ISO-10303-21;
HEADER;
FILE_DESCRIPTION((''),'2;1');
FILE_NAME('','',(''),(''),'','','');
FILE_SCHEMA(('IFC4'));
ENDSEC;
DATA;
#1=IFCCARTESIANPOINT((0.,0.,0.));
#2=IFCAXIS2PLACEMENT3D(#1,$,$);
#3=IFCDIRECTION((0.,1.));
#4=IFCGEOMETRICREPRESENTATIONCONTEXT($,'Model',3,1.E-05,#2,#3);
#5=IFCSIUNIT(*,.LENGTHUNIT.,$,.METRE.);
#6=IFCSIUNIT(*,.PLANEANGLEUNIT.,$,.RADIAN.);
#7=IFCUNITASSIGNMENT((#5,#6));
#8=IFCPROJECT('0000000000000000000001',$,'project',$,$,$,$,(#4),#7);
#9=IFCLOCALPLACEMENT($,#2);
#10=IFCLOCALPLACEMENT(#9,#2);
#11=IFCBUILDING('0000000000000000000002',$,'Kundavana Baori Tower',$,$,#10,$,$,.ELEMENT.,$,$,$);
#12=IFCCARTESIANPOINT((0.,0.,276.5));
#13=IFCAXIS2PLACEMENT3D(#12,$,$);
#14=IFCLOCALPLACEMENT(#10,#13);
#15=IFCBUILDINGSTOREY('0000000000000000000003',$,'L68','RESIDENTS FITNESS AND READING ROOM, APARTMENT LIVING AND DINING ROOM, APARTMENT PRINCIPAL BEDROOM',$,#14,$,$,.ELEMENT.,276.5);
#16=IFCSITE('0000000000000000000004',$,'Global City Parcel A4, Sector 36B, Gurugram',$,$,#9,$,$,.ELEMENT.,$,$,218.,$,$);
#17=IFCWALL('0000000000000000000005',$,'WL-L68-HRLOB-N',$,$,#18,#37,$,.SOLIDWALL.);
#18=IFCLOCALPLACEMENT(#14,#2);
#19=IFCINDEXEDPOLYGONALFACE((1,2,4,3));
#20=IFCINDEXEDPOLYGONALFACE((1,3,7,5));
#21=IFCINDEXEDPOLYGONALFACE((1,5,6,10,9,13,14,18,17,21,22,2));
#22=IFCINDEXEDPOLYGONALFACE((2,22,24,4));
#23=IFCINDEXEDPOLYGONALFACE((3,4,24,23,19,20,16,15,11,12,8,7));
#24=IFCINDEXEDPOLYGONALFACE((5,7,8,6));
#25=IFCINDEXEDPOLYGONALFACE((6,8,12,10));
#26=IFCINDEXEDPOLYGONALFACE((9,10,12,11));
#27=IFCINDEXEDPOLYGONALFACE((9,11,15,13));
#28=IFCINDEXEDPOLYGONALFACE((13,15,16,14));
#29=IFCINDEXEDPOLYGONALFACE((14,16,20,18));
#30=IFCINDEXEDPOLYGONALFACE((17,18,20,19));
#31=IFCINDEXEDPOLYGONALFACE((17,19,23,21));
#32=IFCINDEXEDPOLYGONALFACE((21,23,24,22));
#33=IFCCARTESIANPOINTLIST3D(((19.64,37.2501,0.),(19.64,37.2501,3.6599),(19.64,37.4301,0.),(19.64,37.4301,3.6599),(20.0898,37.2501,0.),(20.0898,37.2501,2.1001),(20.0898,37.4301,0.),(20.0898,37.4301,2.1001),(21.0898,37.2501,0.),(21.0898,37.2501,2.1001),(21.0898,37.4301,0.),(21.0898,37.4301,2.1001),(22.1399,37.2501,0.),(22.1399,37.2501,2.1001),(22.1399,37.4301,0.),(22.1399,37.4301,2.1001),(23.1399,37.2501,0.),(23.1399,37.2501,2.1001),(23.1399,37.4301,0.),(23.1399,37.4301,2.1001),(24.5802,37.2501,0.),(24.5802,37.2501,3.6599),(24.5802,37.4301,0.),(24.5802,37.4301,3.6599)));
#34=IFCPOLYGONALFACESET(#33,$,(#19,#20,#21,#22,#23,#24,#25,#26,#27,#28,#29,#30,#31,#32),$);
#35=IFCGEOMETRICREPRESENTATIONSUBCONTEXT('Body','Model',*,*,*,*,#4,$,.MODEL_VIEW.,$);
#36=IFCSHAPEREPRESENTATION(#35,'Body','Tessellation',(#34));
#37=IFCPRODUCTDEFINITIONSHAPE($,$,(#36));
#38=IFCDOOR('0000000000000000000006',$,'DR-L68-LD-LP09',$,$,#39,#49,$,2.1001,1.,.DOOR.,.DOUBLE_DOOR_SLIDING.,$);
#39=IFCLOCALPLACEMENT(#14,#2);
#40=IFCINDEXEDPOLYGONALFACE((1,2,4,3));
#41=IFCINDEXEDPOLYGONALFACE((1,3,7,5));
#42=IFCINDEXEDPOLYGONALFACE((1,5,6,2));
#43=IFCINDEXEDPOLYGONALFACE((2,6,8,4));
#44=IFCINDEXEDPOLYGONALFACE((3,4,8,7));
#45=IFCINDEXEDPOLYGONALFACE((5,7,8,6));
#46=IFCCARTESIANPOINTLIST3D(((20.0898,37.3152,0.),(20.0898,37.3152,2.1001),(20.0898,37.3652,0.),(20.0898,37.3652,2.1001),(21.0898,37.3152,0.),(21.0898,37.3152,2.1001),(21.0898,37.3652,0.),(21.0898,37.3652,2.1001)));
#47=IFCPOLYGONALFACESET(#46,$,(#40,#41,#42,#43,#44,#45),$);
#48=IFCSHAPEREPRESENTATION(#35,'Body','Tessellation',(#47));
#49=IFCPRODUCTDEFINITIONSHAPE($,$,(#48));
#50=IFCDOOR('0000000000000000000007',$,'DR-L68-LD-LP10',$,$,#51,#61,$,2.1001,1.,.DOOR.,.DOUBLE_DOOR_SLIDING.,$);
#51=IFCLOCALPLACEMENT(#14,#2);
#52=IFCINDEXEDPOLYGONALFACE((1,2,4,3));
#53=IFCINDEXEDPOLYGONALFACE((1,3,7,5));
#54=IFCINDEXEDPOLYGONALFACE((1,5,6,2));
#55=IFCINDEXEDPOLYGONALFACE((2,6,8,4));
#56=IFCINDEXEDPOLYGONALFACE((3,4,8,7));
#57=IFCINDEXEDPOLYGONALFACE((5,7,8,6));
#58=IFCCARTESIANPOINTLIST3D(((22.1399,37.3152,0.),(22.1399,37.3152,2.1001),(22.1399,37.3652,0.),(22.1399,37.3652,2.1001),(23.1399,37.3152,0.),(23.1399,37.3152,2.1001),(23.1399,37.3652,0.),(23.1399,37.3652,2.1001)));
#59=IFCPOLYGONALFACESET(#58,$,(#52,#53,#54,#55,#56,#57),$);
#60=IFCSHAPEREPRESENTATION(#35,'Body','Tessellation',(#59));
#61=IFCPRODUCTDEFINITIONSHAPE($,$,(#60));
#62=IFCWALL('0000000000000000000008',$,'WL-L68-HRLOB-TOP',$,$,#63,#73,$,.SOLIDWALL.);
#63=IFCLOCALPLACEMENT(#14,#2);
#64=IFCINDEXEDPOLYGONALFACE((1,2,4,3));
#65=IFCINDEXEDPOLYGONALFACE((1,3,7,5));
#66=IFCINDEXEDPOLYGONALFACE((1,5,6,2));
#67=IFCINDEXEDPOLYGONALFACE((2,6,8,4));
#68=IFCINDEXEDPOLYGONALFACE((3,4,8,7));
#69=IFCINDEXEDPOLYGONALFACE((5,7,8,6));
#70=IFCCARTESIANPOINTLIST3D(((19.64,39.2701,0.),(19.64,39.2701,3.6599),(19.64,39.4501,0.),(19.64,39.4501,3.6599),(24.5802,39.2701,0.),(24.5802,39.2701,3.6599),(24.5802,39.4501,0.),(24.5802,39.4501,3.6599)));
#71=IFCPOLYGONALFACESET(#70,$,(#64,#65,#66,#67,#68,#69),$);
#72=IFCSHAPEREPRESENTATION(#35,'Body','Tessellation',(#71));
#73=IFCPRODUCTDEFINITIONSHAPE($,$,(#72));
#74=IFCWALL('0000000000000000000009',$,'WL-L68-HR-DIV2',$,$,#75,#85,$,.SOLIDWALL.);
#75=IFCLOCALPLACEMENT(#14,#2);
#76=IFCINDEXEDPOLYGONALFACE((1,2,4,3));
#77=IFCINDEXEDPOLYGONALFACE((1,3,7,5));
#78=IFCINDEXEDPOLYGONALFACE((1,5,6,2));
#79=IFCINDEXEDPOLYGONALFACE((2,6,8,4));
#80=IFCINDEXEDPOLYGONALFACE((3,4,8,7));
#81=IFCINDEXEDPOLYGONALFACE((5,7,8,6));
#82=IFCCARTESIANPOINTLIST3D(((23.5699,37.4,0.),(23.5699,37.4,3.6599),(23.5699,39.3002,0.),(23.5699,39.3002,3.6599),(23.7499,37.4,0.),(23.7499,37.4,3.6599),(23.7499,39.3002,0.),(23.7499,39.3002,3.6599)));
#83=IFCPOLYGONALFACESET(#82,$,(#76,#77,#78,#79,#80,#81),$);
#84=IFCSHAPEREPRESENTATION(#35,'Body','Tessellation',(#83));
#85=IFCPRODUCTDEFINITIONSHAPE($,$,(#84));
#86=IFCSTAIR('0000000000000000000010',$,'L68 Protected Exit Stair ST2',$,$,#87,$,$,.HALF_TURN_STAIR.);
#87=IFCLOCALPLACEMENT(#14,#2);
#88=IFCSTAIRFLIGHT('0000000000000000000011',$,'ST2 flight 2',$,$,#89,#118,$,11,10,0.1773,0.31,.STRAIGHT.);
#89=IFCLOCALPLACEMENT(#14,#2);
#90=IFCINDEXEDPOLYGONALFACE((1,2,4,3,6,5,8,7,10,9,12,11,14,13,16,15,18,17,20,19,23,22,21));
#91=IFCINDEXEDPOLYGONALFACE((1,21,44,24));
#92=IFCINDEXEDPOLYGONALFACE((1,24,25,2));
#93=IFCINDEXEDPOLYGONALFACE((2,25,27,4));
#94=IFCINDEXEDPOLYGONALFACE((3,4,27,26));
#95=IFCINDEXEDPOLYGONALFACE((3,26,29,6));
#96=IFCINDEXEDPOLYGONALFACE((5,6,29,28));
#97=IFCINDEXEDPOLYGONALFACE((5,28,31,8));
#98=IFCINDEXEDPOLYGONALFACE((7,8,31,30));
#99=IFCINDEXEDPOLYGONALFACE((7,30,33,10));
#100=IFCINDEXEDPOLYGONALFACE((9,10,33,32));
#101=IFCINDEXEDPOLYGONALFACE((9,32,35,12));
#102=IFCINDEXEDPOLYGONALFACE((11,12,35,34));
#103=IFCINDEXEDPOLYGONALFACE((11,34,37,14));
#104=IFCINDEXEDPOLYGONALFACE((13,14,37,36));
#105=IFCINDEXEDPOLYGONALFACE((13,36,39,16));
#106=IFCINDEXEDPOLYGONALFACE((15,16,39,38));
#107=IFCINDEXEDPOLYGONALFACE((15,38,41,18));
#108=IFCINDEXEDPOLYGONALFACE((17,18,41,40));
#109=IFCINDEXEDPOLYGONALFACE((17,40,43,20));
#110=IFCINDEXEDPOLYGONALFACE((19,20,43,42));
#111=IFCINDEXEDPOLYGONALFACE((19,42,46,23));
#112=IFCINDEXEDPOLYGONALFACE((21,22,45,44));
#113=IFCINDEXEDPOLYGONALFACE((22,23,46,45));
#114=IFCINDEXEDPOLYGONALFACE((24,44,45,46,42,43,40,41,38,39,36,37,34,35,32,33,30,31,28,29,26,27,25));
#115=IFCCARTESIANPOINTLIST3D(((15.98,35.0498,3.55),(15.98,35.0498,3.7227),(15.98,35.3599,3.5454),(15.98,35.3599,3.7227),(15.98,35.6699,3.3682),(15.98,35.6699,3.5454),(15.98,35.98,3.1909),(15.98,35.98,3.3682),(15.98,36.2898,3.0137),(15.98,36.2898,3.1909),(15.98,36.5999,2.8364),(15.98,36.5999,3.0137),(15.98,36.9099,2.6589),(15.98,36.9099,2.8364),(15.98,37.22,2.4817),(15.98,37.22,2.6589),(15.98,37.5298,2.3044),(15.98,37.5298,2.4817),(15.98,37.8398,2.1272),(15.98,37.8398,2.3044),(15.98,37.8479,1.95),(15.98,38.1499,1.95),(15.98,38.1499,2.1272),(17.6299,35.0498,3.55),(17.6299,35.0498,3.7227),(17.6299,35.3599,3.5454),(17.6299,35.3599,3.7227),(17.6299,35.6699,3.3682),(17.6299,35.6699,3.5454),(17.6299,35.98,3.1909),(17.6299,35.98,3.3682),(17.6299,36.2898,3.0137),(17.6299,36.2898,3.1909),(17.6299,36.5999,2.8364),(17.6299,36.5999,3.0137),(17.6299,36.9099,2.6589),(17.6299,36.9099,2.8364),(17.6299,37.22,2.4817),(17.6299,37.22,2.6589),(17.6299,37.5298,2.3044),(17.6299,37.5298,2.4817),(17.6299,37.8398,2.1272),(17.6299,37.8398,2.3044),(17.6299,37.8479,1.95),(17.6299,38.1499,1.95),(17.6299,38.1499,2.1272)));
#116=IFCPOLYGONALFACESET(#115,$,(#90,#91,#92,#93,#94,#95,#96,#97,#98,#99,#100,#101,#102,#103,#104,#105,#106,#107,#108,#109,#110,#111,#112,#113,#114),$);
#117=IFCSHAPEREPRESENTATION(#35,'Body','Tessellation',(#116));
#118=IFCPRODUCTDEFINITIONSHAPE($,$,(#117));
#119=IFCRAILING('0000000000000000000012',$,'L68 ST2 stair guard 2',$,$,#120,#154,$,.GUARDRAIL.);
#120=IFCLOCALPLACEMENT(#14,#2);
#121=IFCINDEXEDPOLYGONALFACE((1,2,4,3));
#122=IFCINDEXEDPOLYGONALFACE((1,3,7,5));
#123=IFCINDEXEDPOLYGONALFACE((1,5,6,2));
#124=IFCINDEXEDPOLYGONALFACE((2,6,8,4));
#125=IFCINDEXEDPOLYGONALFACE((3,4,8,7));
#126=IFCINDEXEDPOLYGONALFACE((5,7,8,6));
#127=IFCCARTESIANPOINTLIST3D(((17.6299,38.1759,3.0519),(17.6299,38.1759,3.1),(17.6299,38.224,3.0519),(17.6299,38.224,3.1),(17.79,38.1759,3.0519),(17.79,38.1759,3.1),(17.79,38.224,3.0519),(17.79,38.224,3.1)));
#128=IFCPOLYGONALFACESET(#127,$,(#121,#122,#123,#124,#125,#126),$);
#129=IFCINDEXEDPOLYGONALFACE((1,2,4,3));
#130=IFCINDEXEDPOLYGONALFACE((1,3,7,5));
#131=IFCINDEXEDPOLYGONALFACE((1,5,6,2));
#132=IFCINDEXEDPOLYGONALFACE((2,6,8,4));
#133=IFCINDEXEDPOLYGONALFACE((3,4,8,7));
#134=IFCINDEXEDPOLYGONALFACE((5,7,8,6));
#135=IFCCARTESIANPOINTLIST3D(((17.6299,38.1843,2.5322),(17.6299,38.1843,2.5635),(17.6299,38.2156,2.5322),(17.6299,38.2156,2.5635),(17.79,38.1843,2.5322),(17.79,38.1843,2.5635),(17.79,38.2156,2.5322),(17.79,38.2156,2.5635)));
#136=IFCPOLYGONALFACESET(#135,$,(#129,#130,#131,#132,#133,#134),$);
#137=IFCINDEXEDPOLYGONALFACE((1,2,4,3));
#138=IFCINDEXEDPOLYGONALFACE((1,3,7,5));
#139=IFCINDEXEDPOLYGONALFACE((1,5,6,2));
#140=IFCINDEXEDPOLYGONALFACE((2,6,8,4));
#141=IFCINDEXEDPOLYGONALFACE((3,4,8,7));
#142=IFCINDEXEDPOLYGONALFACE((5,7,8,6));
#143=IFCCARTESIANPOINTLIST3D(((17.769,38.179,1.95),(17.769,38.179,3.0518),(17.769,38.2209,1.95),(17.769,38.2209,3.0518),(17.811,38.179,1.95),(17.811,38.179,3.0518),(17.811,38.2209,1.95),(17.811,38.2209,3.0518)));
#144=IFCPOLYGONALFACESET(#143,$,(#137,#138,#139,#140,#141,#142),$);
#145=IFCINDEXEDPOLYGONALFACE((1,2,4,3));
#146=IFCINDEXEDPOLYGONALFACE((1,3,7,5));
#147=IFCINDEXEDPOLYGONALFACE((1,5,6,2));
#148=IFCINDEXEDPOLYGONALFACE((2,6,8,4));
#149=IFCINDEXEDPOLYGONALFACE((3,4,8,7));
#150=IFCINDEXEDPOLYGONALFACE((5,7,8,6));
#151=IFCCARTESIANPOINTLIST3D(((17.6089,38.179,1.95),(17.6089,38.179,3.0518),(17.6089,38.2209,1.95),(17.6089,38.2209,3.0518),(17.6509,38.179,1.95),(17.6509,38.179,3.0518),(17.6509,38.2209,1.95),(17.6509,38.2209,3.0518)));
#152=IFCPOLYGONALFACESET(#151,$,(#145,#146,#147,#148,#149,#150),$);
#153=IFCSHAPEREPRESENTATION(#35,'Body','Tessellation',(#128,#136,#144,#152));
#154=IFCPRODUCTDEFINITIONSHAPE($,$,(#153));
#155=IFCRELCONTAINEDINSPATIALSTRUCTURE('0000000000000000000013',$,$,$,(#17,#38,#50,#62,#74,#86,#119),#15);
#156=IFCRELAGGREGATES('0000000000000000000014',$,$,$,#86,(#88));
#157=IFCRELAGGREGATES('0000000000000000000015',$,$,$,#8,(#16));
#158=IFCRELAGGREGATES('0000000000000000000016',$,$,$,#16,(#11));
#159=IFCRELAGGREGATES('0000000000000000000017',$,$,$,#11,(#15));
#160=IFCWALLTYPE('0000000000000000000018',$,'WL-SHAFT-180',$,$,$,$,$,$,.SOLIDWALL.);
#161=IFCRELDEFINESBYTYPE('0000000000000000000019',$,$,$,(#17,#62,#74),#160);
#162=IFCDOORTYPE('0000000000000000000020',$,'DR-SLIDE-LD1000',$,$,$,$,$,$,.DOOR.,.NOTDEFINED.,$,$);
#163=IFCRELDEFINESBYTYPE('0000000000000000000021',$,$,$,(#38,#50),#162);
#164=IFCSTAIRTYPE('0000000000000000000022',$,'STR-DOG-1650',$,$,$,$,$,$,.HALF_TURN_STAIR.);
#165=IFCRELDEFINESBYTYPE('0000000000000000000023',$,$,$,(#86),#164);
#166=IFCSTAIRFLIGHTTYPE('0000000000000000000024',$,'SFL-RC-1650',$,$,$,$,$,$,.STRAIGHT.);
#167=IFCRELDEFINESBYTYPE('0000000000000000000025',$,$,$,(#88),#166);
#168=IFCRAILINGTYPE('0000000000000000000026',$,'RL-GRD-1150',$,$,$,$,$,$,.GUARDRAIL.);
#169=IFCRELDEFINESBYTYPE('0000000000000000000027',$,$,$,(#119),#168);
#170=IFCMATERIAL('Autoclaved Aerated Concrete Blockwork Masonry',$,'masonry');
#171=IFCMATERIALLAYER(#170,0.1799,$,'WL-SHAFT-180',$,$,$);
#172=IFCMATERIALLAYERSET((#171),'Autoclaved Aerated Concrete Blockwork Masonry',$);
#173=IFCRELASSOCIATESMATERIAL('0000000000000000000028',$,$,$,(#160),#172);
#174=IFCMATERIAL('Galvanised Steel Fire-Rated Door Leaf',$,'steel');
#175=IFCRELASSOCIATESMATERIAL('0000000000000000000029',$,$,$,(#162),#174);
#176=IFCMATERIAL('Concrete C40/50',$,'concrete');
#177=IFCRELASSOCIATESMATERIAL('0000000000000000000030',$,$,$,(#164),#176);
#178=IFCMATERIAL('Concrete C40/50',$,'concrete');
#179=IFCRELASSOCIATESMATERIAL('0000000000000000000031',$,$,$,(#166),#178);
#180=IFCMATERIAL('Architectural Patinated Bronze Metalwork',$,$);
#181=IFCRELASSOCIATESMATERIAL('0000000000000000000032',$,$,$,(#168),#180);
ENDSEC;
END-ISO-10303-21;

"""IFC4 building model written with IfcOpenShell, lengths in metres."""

from ifc_helpers import new_model, si_unit, direction, frame, frame_2d, origin, origin_2d, place, context, subcontext, project, spatial, polyline, rectangle, outline, extrude, material, layer, layer_set, type_object, element, fill, aggregate, save


model = new_model("IFC4")

# Units and contexts
model_context = context("Model", 3, precision=1e-05, world=origin(), true_north=direction((0.0, 1.0)))
body_context = subcontext(model_context, "Body", "Model", "MODEL_VIEW")
ifc_project = project(units=[si_unit("LENGTHUNIT", "METRE"), si_unit("PLANEANGLEUNIT", "RADIAN")], contexts=[model_context])

# Site, building, storey
site_placement = place(None, origin())
site = spatial("IfcSite", under=ifc_project, at=site_placement, Name="Global City Parcel A4, Sector 36B, Gurugram", CompositionType="ELEMENT", RefElevation=218.0)
building_placement = place(site_placement, origin())
building = spatial("IfcBuilding", under=site, at=building_placement, Name="Kundavana Baori Tower", CompositionType="ELEMENT")
storey_placement = place(building_placement, frame((0.0, 0.0, 276.5)))
storey = spatial("IfcBuildingStorey", under=building, at=storey_placement, Name="L68", Description="RESIDENTS FITNESS AND READING ROOM, APARTMENT LIVING AND DINING ROOM, APARTMENT PRINCIPAL BEDROOM", CompositionType="ELEMENT", Elevation=276.5)

# Wall, openings, doors
ifc_material_1 = material(Name="Autoclaved Aerated Concrete Blockwork Masonry", Category="masonry")
ifc_layer_1 = layer(ifc_material_1, 0.1799, Name="WL-SHAFT-180")
ifc_layer_set_1 = layer_set([ifc_layer_1], Name="Autoclaved Aerated Concrete Blockwork Masonry")
wall_type_1 = type_object("IfcWallType", Name="WL-SHAFT-180", PredefinedType="SOLIDWALL", material=ifc_layer_set_1)
wall_1_placement = place(storey_placement, frame((19.6399, 37.3401, 0.0), z_axis=(0.0, 0.0, 1.0), x_axis=(1.0, 0.0, 0.0)))
wall_1 = element("IfcWall", 1, at=wall_1_placement, inside=storey, type_object=wall_type_1, Name="WL-L68-HRLOB-N", PredefinedType="SOLIDWALL", context=body_context, shape_type="SweptSolid", body=[
    extrude(rectangle(XDim=4.9402, YDim=0.1799, at=frame_2d((2.4702, 0.0))), origin(), (0.0, 0.0, 1.0), 3.6599),
])
opening_1_placement = place(wall_1_placement, frame((0.45, 0.0, 0.0)))
opening_1 = element("IfcOpeningElement", 2, at=opening_1_placement, cuts=wall_1, PredefinedType="OPENING", context=body_context, shape_type="SweptSolid", body=[
    extrude(rectangle(XDim=1.0, YDim=2.1001, at=frame_2d((0.5, 1.05))), frame((0.0, 0.1001, 0.0), z_axis=(0.0, -1.0, 0.0), x_axis=(1.0, 0.0, 0.0)), (0.0, 0.0, 1.0), 0.2),
])
opening_2_placement = place(wall_1_placement, frame((2.5, 0.0, 0.0)))
opening_2 = element("IfcOpeningElement", 3, at=opening_2_placement, cuts=wall_1, PredefinedType="OPENING", context=body_context, shape_type="SweptSolid", body=[
    extrude(rectangle(XDim=1.0, YDim=2.1001, at=frame_2d((0.5, 1.05))), frame((0.0, 0.1001, 0.0), z_axis=(0.0, -1.0, 0.0), x_axis=(1.0, 0.0, 0.0)), (0.0, 0.0, 1.0), 0.2),
])
ifc_material_2 = material(Name="Galvanised Steel Fire-Rated Door Leaf", Category="steel")
door_type_1 = type_object("IfcDoorType", Name="DR-SLIDE-LD1000", OperationType="NOTDEFINED", PredefinedType="DOOR", material=ifc_material_2)
door_1_placement = place(opening_1_placement, frame((1.0, 0.0, 0.0), z_axis=(0.0, 0.0, 1.0), x_axis=(-1.0, 0.0, 0.0)))
door_1 = element("IfcDoor", 4, at=door_1_placement, inside=storey, type_object=door_type_1, Name="DR-L68-LD-LP09", OperationType="DOUBLE_DOOR_SLIDING", OverallHeight=2.1001, OverallWidth=1.0, PredefinedType="DOOR", context=body_context, shape_type="SweptSolid", body=[
    extrude(rectangle(XDim=1.0, YDim=2.1001, at=frame_2d((0.5, 1.05))), frame((0.0, 0.0249, 0.0), z_axis=(0.0, -1.0, 0.0), x_axis=(1.0, 0.0, 0.0)), (0.0, 0.0, 1.0), 0.05),
])
fill(opening_1, door_1)
door_2_placement = place(opening_2_placement, frame((1.0, 0.0, 0.0), z_axis=(0.0, 0.0, 1.0), x_axis=(-1.0, 0.0, 0.0)))
door_2 = element("IfcDoor", 5, at=door_2_placement, inside=storey, type_object=door_type_1, Name="DR-L68-LD-LP10", OperationType="DOUBLE_DOOR_SLIDING", OverallHeight=2.1001, OverallWidth=1.0, PredefinedType="DOOR", context=body_context, shape_type="SweptSolid", body=[
    extrude(rectangle(XDim=1.0, YDim=2.1001, at=frame_2d((0.5, 1.05))), frame((0.0, 0.0249, 0.0), z_axis=(0.0, -1.0, 0.0), x_axis=(1.0, 0.0, 0.0)), (0.0, 0.0, 1.0), 0.05),
])
fill(opening_2, door_2)

# Walls
wall_2_placement = place(storey_placement, frame((19.6399, 39.3601, 0.0), z_axis=(0.0, 0.0, 1.0), x_axis=(1.0, 0.0, 0.0)))
element("IfcWall", 6, at=wall_2_placement, inside=storey, type_object=wall_type_1, Name="WL-L68-HRLOB-TOP", PredefinedType="SOLIDWALL", context=body_context, shape_type="SweptSolid", body=[
    extrude(rectangle(XDim=4.9402, YDim=0.1799, at=frame_2d((2.4702, 0.0))), origin(), (0.0, 0.0, 1.0), 3.6599),
])
wall_3_placement = place(storey_placement, frame((23.6599, 37.3999, 0.0), z_axis=(0.0, 0.0, 1.0), x_axis=(0.0, 1.0, 0.0)))
element("IfcWall", 7, at=wall_3_placement, inside=storey, type_object=wall_type_1, Name="WL-L68-HR-DIV2", PredefinedType="SOLIDWALL", context=body_context, shape_type="SweptSolid", body=[
    extrude(rectangle(XDim=1.9001, YDim=0.1799, at=frame_2d((0.9502, 0.0))), origin(), (0.0, 0.0, 1.0), 3.6599),
])

# Stair, stair flight
ifc_material_3 = material(Name="Concrete C40/50", Category="concrete")
stair_type = type_object("IfcStairType", Name="STR-DOG-1650", PredefinedType="HALF_TURN_STAIR", material=ifc_material_3)
stair_placement = place(storey_placement, origin())
stair = element("IfcStair", 8, at=stair_placement, inside=storey, type_object=stair_type, Name="L68 Protected Exit Stair ST2", PredefinedType="HALF_TURN_STAIR")
ifc_material_4 = material(Name="Concrete C40/50", Category="concrete")
stair_flight_type = type_object("IfcStairFlightType", Name="SFL-RC-1650", PredefinedType="STRAIGHT", material=ifc_material_4)
stair_flight_placement = place(storey_placement, frame((16.8049, 38.1499, 1.95), z_axis=(0.0, 0.0, 1.0), x_axis=(0.0, -1.0, 0.0)))
stair_flight = element("IfcStairFlight", 9, at=stair_flight_placement, type_object=stair_flight_type, Name="ST2 flight 2", NumberOfRisers=11, NumberOfTreads=10, PredefinedType="STRAIGHT", RiserHeight=0.1773, TreadLength=0.31, context=body_context, shape_type="SweptSolid", body=[
    extrude(outline(polyline([(0.0, 0.0), (0.0, 0.1772), (0.3101, 0.1772), (0.3101, 0.3545), (0.6201, 0.3545), (0.6201, 0.5317), (0.9299, 0.5317), (0.9299, 0.709), (1.24, 0.709), (1.24, 0.8865), (1.55, 0.8865), (1.55, 1.0637), (1.8601, 1.0637), (1.8601, 1.241), (2.1699, 1.241), (2.1699, 1.4182), (2.48, 1.4182), (2.48, 1.5955), (2.79, 1.5955), (2.79, 1.7727), (3.1001, 1.7727), (3.1001, 1.95), (3.1001, 1.6001), (0.302, 0.0), (0.0, 0.0)])), frame((0.0, 0.825, 0.0), z_axis=(0.0, -1.0, 0.0), x_axis=(1.0, 0.0, 0.0)), (0.0, 0.0, 1.0), 1.6499),
])
aggregate(stair, [stair_flight])

# Railing
ifc_material_5 = material(Name="Architectural Patinated Bronze Metalwork")
railing_type_1 = type_object("IfcRailingType", Name="RL-GRD-1150", PredefinedType="GUARDRAIL", material=ifc_material_5)
railing_1_placement = place(storey_placement, frame((17.79, 38.2, 1.95)))
element("IfcRailing", 10, at=railing_1_placement, inside=storey, type_object=railing_type_1, Name="L68 ST2 stair guard 2", PredefinedType="GUARDRAIL", context=body_context, shape_type="SweptSolid", body=[
    extrude(rectangle(XDim=0.0481, YDim=0.0481, at=origin_2d()), frame((0.0, 0.0, 1.126), z_axis=(-1.0, 0.0, 0.0), x_axis=(0.0, -1.0, 0.0)), (0.0, 0.0, 1.0), 0.1602),
    extrude(rectangle(XDim=0.0312, YDim=0.0312, at=origin_2d()), frame((0.0, 0.0, 0.5979), z_axis=(-1.0, 0.0, 0.0), x_axis=(0.0, -1.0, 0.0)), (0.0, 0.0, 1.0), 0.1602),
    extrude(rectangle(XDim=0.042, YDim=0.042, at=origin_2d()), origin(), (0.0, 0.0, 1.0), 1.1018),
    extrude(rectangle(XDim=0.042, YDim=0.042, at=origin_2d()), frame((-0.1602, 0.0, 0.0)), (0.0, 0.0, 1.0), 1.1018),
])

save(model, "model.ifc")
